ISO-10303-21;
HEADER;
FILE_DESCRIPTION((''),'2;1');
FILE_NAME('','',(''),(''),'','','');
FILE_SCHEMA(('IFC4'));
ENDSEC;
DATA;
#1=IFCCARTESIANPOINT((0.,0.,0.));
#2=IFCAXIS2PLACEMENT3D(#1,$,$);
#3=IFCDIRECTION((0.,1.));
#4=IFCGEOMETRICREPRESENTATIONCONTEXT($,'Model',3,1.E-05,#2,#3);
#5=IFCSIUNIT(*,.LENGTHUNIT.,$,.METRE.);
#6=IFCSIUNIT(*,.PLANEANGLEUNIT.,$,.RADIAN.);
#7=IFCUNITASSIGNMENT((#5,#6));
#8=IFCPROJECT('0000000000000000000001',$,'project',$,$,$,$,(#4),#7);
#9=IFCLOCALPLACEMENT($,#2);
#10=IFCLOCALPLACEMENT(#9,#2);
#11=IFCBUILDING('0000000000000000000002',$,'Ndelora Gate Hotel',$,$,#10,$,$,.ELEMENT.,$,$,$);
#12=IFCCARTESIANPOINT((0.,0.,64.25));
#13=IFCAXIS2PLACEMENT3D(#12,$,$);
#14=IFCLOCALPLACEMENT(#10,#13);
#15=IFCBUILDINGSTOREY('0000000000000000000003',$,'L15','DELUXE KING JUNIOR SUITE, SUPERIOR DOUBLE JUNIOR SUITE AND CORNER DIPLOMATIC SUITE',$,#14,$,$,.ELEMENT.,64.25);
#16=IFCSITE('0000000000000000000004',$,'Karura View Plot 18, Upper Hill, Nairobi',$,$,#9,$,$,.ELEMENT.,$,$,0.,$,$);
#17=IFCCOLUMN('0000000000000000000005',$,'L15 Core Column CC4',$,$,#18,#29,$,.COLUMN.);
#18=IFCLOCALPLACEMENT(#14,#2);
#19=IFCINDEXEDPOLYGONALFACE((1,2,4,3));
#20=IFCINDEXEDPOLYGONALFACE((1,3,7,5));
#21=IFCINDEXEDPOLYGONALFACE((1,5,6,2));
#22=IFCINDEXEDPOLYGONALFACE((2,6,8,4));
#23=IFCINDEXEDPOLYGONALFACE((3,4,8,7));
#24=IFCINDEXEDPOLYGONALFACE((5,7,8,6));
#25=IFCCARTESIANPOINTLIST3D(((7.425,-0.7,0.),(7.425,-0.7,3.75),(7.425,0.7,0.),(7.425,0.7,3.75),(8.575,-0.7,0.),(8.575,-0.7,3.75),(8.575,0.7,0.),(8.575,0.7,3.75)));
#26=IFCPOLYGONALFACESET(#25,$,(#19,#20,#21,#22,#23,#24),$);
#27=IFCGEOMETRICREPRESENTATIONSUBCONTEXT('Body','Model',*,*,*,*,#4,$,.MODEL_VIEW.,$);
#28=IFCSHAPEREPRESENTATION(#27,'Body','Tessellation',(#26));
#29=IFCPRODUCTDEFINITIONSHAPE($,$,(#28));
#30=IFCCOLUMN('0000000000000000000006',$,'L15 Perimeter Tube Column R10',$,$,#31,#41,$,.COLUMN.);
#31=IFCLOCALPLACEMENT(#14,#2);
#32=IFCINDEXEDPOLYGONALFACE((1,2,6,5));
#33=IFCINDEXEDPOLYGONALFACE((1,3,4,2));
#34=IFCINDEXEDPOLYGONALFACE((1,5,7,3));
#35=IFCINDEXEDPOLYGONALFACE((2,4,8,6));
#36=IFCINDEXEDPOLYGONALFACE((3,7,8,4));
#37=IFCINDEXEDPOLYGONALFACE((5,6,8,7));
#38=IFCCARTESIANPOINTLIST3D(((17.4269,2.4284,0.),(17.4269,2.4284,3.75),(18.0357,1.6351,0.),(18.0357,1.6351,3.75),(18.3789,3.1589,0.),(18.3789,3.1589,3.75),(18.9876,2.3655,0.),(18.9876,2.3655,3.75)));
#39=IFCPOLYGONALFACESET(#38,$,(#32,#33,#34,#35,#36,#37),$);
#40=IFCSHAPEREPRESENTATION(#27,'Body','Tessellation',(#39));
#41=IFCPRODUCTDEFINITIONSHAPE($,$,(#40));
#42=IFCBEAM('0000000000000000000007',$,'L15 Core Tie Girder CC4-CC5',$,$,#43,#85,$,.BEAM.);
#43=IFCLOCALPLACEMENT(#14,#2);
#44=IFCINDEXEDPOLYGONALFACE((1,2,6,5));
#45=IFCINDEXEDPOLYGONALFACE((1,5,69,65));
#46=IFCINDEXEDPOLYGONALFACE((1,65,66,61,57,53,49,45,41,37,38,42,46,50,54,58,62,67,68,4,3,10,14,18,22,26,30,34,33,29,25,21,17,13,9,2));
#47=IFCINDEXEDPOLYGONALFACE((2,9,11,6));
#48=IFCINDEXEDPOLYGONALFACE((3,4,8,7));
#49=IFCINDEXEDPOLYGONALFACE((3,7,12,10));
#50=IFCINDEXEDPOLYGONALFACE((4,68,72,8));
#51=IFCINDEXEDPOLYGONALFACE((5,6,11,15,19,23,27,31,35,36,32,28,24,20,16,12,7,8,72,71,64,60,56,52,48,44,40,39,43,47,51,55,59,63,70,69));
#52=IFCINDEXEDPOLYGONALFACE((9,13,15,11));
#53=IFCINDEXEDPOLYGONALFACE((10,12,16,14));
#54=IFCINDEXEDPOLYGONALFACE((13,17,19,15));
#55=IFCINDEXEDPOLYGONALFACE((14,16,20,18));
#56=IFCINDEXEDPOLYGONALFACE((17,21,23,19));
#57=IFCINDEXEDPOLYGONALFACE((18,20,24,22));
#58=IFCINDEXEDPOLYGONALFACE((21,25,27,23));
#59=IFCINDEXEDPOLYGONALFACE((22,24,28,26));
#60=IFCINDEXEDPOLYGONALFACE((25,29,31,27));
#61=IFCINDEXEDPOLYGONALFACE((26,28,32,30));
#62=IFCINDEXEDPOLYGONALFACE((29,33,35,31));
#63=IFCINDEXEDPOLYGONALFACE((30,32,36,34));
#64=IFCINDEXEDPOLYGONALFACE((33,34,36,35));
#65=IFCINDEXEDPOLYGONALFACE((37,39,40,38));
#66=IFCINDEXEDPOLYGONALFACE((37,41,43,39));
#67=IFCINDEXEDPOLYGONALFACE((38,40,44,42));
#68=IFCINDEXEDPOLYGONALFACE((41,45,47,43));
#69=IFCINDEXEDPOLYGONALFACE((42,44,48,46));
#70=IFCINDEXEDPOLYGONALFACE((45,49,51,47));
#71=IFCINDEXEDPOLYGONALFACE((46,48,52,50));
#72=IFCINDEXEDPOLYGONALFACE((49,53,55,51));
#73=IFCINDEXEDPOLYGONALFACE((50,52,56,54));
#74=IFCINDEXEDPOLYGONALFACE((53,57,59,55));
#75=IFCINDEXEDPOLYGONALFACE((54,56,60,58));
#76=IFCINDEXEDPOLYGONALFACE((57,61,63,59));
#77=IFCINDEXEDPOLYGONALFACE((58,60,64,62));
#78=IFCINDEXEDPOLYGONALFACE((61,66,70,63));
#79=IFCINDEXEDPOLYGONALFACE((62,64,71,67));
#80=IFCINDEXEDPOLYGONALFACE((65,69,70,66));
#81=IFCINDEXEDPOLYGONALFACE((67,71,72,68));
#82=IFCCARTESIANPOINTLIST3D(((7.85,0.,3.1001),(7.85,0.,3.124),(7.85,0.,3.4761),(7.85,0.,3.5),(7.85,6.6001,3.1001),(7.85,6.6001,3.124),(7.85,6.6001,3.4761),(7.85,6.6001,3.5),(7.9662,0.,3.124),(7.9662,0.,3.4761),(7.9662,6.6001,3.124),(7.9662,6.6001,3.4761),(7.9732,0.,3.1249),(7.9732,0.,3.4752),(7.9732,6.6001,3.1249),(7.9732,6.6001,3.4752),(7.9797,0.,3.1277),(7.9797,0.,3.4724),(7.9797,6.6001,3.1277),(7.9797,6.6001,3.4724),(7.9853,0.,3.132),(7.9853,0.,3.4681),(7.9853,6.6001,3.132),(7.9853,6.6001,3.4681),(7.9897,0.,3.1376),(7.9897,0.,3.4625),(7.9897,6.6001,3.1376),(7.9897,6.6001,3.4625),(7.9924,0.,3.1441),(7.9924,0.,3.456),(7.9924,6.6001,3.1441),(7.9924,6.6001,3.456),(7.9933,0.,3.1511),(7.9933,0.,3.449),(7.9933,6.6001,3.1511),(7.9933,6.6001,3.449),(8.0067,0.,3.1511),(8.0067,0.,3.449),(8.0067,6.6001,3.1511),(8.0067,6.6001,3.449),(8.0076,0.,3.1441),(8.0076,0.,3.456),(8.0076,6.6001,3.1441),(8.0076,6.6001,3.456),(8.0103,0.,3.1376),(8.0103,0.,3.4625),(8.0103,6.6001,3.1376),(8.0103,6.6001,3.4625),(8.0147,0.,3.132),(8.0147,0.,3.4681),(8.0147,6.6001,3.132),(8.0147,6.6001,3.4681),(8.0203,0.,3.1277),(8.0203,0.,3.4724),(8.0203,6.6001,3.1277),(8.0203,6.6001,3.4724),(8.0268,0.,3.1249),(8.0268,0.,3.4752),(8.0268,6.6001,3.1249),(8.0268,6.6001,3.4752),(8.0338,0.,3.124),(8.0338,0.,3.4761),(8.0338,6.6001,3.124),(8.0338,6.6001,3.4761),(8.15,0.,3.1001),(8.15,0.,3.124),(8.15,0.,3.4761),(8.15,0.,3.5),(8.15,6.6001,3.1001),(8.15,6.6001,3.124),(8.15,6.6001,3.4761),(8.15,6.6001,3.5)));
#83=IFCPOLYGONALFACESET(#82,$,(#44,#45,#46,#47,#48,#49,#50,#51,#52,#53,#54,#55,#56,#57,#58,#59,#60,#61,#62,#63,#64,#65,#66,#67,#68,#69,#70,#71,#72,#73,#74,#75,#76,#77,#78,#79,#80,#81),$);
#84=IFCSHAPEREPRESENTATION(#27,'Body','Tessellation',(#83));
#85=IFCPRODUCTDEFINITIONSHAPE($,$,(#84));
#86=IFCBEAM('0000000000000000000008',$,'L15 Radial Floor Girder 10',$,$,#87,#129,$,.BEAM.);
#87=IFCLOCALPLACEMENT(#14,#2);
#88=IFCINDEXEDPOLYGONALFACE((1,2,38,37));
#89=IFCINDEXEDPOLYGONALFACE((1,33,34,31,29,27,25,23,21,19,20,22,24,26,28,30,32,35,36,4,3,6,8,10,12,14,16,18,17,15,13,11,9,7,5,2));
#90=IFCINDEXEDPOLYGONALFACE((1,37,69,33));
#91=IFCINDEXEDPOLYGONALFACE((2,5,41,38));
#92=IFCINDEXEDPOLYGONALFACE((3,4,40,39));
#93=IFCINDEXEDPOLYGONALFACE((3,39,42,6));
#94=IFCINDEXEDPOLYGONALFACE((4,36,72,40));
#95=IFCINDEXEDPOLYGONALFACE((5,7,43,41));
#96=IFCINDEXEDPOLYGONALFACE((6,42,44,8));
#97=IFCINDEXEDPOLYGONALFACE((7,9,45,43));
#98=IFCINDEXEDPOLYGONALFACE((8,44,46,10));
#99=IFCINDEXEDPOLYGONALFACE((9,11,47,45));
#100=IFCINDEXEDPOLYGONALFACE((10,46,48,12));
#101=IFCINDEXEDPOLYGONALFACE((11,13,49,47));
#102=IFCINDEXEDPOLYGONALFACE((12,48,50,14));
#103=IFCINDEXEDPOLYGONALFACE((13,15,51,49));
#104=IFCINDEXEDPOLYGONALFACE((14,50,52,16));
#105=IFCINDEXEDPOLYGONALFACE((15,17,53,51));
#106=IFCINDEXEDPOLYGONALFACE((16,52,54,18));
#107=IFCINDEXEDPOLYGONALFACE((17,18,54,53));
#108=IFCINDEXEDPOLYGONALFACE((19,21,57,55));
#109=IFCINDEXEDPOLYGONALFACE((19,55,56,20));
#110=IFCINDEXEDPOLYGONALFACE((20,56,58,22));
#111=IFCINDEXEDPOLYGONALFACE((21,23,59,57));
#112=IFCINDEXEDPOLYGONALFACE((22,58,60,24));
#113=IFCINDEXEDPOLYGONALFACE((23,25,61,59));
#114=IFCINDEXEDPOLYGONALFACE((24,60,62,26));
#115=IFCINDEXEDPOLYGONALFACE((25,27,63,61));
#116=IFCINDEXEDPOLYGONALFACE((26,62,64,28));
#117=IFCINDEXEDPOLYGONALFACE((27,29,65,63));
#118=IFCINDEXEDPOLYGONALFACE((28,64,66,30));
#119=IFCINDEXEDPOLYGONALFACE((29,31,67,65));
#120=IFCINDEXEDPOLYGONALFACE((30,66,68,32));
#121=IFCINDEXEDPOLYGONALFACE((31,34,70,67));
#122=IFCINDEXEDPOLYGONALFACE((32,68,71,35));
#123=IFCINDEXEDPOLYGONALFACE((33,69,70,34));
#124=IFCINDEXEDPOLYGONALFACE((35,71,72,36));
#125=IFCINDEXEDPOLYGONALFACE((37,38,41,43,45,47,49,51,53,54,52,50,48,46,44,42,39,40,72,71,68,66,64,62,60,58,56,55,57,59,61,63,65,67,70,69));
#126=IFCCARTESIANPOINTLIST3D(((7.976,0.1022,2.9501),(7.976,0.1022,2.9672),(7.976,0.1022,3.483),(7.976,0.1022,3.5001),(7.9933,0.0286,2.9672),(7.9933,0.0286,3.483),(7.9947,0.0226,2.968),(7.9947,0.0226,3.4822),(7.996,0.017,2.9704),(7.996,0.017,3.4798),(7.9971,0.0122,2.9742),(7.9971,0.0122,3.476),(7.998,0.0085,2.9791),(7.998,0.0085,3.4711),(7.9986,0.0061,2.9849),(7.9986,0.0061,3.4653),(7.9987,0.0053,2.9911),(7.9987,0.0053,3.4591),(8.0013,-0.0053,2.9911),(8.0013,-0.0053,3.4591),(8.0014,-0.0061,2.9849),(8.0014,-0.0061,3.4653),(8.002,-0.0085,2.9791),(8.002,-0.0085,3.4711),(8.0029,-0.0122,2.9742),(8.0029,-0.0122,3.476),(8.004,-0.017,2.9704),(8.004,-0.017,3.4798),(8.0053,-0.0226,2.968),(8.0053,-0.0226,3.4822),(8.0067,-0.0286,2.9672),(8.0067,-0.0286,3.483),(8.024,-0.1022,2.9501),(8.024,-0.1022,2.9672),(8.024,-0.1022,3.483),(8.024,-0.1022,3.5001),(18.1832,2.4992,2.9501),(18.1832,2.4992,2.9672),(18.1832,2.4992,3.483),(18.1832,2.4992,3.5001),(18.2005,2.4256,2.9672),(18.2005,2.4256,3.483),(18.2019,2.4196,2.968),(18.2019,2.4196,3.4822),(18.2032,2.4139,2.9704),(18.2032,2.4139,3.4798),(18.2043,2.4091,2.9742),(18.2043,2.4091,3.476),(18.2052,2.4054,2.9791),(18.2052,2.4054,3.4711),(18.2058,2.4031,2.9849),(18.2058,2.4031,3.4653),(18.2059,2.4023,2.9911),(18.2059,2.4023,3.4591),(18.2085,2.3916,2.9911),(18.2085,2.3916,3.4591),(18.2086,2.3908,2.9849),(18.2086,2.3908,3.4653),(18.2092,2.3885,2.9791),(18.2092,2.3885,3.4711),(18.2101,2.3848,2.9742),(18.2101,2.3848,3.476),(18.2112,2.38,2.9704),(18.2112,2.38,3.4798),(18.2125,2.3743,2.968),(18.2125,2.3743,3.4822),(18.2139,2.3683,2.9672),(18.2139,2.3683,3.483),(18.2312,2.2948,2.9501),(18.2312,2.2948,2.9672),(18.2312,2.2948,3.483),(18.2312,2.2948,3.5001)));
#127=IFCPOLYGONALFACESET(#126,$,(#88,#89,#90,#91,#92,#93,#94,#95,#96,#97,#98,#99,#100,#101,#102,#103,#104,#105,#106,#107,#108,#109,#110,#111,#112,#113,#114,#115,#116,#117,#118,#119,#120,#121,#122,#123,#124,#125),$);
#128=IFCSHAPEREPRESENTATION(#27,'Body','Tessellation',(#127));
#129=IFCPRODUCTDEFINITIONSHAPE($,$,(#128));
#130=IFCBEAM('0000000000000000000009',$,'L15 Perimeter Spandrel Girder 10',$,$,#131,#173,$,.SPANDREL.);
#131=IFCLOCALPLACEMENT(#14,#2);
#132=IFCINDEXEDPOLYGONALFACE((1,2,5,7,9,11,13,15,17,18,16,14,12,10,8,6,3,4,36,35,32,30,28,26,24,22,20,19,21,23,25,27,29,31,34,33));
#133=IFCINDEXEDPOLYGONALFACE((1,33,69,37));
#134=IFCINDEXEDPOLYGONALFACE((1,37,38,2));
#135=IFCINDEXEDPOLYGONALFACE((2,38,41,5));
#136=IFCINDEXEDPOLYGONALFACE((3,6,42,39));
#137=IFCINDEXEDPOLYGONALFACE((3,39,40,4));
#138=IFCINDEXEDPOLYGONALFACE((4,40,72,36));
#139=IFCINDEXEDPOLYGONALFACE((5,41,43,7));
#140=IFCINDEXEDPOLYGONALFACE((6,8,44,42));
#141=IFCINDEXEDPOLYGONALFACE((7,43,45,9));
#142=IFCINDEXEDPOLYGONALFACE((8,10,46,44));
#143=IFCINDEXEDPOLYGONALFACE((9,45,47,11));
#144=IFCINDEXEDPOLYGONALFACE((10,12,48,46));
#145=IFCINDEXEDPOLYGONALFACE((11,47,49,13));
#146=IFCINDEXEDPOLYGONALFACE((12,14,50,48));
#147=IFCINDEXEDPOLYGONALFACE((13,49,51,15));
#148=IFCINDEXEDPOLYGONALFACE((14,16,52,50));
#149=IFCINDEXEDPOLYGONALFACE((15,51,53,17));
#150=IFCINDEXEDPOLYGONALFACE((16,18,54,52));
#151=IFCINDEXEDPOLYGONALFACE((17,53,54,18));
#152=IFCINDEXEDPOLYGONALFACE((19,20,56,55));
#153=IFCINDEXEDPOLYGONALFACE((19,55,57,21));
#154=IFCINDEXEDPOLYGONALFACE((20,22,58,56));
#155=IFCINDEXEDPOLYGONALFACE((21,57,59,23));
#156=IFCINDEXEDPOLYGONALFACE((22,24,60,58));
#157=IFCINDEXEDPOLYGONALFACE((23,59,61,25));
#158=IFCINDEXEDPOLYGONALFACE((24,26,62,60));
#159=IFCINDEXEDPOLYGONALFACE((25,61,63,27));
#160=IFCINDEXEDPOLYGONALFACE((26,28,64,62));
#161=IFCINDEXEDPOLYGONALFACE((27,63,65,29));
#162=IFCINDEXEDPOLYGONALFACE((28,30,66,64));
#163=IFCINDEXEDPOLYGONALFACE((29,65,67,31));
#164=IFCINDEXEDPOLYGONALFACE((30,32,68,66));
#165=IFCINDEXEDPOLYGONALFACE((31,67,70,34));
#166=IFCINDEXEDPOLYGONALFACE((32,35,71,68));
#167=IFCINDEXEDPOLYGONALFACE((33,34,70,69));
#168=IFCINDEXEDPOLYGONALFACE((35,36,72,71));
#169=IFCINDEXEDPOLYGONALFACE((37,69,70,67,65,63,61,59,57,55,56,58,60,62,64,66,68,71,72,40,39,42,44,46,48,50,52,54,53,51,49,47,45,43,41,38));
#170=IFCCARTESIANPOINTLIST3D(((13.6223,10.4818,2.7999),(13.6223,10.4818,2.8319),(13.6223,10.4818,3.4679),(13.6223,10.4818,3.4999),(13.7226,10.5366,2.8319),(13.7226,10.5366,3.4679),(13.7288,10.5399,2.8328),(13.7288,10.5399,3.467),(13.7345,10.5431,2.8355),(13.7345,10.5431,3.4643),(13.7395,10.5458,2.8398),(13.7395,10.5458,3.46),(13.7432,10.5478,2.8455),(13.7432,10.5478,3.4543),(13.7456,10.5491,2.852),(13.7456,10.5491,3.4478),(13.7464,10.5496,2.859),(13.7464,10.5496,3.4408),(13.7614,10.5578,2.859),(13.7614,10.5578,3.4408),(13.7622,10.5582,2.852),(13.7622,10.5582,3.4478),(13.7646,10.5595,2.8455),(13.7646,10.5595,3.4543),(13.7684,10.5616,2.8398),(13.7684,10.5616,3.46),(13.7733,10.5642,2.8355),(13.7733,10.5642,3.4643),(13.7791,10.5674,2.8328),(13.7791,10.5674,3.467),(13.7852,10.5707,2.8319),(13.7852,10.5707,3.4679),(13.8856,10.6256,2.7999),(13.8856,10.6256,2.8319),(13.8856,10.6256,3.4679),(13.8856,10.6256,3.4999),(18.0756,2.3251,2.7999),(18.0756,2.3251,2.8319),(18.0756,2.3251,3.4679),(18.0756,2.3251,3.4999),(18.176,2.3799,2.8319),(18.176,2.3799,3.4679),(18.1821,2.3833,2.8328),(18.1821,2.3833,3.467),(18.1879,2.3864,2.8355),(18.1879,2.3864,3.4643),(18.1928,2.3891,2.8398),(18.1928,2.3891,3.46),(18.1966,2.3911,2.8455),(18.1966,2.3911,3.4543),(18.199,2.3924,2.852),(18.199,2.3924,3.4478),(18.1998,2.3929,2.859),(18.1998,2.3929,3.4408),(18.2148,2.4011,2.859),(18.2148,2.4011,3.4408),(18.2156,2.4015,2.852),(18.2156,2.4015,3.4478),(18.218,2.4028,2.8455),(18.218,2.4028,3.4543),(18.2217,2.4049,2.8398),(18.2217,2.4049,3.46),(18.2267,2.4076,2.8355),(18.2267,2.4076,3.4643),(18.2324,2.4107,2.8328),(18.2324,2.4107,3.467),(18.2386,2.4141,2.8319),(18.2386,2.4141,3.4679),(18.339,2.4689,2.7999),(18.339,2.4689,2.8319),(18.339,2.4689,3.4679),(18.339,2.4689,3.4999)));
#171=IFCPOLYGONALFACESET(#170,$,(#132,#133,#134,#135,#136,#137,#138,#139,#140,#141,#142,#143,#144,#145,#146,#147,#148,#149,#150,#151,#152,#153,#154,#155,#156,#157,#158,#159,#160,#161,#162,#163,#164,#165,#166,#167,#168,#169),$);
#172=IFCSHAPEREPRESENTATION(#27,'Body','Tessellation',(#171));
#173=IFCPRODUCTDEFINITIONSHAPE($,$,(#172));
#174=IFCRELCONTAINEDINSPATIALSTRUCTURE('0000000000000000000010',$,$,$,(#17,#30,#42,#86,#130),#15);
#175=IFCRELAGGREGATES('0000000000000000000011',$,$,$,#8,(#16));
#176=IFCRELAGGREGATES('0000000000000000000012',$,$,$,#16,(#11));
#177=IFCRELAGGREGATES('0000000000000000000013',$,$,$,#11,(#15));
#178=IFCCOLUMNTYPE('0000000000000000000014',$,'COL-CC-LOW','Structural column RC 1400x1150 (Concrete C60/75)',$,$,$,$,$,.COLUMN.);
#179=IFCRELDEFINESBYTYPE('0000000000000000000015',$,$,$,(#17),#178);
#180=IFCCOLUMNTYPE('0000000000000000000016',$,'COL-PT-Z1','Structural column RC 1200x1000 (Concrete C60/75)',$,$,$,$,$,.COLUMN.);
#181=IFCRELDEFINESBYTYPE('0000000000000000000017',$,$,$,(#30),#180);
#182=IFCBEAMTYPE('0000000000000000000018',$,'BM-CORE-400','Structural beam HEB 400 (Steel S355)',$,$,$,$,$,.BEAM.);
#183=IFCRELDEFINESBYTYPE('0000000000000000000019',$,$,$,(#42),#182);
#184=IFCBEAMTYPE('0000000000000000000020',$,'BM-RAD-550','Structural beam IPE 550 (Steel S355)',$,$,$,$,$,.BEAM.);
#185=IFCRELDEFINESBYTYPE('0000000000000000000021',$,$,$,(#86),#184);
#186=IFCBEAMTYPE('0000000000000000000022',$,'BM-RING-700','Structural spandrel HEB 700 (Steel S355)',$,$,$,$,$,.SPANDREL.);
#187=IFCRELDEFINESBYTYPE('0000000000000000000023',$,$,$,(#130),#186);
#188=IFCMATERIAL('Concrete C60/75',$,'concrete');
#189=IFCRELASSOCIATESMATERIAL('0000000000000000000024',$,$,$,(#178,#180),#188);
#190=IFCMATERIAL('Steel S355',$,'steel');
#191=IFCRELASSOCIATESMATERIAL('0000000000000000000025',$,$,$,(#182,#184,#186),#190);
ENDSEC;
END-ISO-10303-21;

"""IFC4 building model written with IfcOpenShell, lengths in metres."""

from ifc_helpers import new_model, si_unit, direction, frame, origin, origin_2d, place, context, subcontext, project, spatial, rectangle, i_section, extrude, material, material_profile, profile_set, type_object, element, save


model = new_model("IFC4")

# Units and contexts
model_context = context("Model", 3, precision=1e-05, world=origin(), true_north=direction((0.0, 1.0)))
body_context = subcontext(model_context, "Body", "Model", "MODEL_VIEW")
ifc_project = project(units=[si_unit("LENGTHUNIT", "METRE"), si_unit("PLANEANGLEUNIT", "RADIAN")], contexts=[model_context])

# Site, building, storey
site_placement = place(None, origin())
site = spatial("IfcSite", under=ifc_project, at=site_placement, Name="Karura View Plot 18, Upper Hill, Nairobi", CompositionType="ELEMENT", RefElevation=0.0)
building_placement = place(site_placement, origin())
building = spatial("IfcBuilding", under=site, at=building_placement, Name="Ndelora Gate Hotel", CompositionType="ELEMENT")
storey_placement = place(building_placement, frame((0.0, 0.0, 64.25)))
storey = spatial("IfcBuildingStorey", under=building, at=storey_placement, Name="L15", Description="DELUXE KING JUNIOR SUITE, SUPERIOR DOUBLE JUNIOR SUITE AND CORNER DIPLOMATIC SUITE", CompositionType="ELEMENT", Elevation=64.25)

# Columns
ifc_material_1 = material(Name="Concrete C60/75", Category="concrete")
ifc_material_profile_1 = material_profile(ifc_material_1, rectangle(XDim=1.1499, YDim=1.3999, at=origin_2d()), Name="RC 1400x1150")
ifc_profile_set_1 = profile_set([ifc_material_profile_1], Name="Concrete C60/75")
column_type_1 = type_object("IfcColumnType", Name="COL-CC-LOW", Description="Structural column RC 1400x1150 (Concrete C60/75)", PredefinedType="COLUMN", material=ifc_profile_set_1)
column_1_placement = place(storey_placement, frame((8.0, 0.0, 0.0), z_axis=(0.0, 0.0, 1.0), x_axis=(1.0, 0.0, 0.0)))
element("IfcColumn", 1, at=column_1_placement, inside=storey, type_object=column_type_1, Name="L15 Core Column CC4", PredefinedType="COLUMN", context=body_context, shape_type="SweptSolid", body=[
    extrude(rectangle(XDim=1.1499, YDim=1.3999, at=origin_2d()), origin(), (0.0, 0.0, 1.0), 3.75),
])
ifc_material_profile_2 = material_profile(ifc_material_1, rectangle(XDim=1.0, YDim=1.2, at=origin_2d()), Name="RC 1200x1000")
ifc_profile_set_2 = profile_set([ifc_material_profile_2], Name="Concrete C60/75")
column_type_2 = type_object("IfcColumnType", Name="COL-PT-Z1", Description="Structural column RC 1200x1000 (Concrete C60/75)", PredefinedType="COLUMN", material=ifc_profile_set_2)
column_2_placement = place(storey_placement, frame((18.2073, 2.397, 0.0), z_axis=(0.0, 0.0, 1.0), x_axis=(-0.608761, 0.793353, 0.0)))
element("IfcColumn", 2, at=column_2_placement, inside=storey, type_object=column_type_2, Name="L15 Perimeter Tube Column R10", PredefinedType="COLUMN", context=body_context, shape_type="SweptSolid", body=[
    extrude(rectangle(XDim=1.0, YDim=1.2, at=origin_2d()), origin(), (0.0, 0.0, 1.0), 3.75),
])

# Beams
ifc_material_2 = material(Name="Steel S355", Category="steel")
ifc_material_profile_3 = material_profile(ifc_material_2, i_section(OverallWidth=0.3, OverallDepth=0.3999, WebThickness=0.0134, FlangeThickness=0.0239, FilletRadius=0.0271, at=origin_2d()), Name="HEB 400")
ifc_profile_set_3 = profile_set([ifc_material_profile_3], Name="Steel S355")
beam_type_1 = type_object("IfcBeamType", Name="BM-CORE-400", Description="Structural beam HEB 400 (Steel S355)", PredefinedType="BEAM", material=ifc_profile_set_3)
beam_1_placement = place(storey_placement, frame((8.0, 0.0, 3.3), z_axis=(0.0, 1.0, 0.0), x_axis=(-1.0, 0.0, 0.0)))
element("IfcBeam", 3, at=beam_1_placement, inside=storey, type_object=beam_type_1, Name="L15 Core Tie Girder CC4-CC5", PredefinedType="BEAM", context=body_context, shape_type="SweptSolid", body=[
    extrude(i_section(OverallWidth=0.3, OverallDepth=0.3999, WebThickness=0.0134, FlangeThickness=0.0239, FilletRadius=0.0271, at=origin_2d()), origin(), (0.0, 0.0, 1.0), 6.6001),
])
ifc_material_profile_4 = material_profile(ifc_material_2, i_section(OverallWidth=0.21, OverallDepth=0.55, WebThickness=0.011, FlangeThickness=0.0171, FilletRadius=0.0239, at=origin_2d()), Name="IPE 550")
ifc_profile_set_4 = profile_set([ifc_material_profile_4], Name="Steel S355")
beam_type_2 = type_object("IfcBeamType", Name="BM-RAD-550", Description="Structural beam IPE 550 (Steel S355)", PredefinedType="BEAM", material=ifc_profile_set_4)
beam_2_placement = place(storey_placement, frame((8.0, 0.0, 3.2251), z_axis=(0.973518, 0.228611, 0.0), x_axis=(-0.228611, 0.973518, 0.0)))
element("IfcBeam", 4, at=beam_2_placement, inside=storey, type_object=beam_type_2, Name="L15 Radial Floor Girder 10", PredefinedType="BEAM", context=body_context, shape_type="SweptSolid", body=[
    extrude(i_section(OverallWidth=0.21, OverallDepth=0.55, WebThickness=0.011, FlangeThickness=0.0171, FilletRadius=0.0239, at=origin_2d()), origin(), (0.0, 0.0, 1.0), 10.4849),
])
ifc_material_profile_5 = material_profile(ifc_material_2, i_section(OverallWidth=0.3, OverallDepth=0.7, WebThickness=0.0171, FlangeThickness=0.032, FilletRadius=0.0271, at=origin_2d()), Name="HEB 700")
ifc_profile_set_5 = profile_set([ifc_material_profile_5], Name="Steel S355")
beam_type_3 = type_object("IfcBeamType", Name="BM-RING-700", Description="Structural spandrel HEB 700 (Steel S355)", PredefinedType="SPANDREL", material=ifc_profile_set_5)
beam_3_placement = place(storey_placement, frame((18.2073, 2.397, 3.1499), z_axis=(-0.479204, 0.877704, 0.0), x_axis=(-0.877704, -0.479204, 0.0)))
element("IfcBeam", 5, at=beam_3_placement, inside=storey, type_object=beam_type_3, Name="L15 Perimeter Spandrel Girder 10", PredefinedType="SPANDREL", context=body_context, shape_type="SweptSolid", body=[
    extrude(i_section(OverallWidth=0.3, OverallDepth=0.7, WebThickness=0.0171, FlangeThickness=0.032, FilletRadius=0.0271, at=origin_2d()), origin(), (0.0, 0.0, 1.0), 9.2932),
])

save(model, "model.ifc")
